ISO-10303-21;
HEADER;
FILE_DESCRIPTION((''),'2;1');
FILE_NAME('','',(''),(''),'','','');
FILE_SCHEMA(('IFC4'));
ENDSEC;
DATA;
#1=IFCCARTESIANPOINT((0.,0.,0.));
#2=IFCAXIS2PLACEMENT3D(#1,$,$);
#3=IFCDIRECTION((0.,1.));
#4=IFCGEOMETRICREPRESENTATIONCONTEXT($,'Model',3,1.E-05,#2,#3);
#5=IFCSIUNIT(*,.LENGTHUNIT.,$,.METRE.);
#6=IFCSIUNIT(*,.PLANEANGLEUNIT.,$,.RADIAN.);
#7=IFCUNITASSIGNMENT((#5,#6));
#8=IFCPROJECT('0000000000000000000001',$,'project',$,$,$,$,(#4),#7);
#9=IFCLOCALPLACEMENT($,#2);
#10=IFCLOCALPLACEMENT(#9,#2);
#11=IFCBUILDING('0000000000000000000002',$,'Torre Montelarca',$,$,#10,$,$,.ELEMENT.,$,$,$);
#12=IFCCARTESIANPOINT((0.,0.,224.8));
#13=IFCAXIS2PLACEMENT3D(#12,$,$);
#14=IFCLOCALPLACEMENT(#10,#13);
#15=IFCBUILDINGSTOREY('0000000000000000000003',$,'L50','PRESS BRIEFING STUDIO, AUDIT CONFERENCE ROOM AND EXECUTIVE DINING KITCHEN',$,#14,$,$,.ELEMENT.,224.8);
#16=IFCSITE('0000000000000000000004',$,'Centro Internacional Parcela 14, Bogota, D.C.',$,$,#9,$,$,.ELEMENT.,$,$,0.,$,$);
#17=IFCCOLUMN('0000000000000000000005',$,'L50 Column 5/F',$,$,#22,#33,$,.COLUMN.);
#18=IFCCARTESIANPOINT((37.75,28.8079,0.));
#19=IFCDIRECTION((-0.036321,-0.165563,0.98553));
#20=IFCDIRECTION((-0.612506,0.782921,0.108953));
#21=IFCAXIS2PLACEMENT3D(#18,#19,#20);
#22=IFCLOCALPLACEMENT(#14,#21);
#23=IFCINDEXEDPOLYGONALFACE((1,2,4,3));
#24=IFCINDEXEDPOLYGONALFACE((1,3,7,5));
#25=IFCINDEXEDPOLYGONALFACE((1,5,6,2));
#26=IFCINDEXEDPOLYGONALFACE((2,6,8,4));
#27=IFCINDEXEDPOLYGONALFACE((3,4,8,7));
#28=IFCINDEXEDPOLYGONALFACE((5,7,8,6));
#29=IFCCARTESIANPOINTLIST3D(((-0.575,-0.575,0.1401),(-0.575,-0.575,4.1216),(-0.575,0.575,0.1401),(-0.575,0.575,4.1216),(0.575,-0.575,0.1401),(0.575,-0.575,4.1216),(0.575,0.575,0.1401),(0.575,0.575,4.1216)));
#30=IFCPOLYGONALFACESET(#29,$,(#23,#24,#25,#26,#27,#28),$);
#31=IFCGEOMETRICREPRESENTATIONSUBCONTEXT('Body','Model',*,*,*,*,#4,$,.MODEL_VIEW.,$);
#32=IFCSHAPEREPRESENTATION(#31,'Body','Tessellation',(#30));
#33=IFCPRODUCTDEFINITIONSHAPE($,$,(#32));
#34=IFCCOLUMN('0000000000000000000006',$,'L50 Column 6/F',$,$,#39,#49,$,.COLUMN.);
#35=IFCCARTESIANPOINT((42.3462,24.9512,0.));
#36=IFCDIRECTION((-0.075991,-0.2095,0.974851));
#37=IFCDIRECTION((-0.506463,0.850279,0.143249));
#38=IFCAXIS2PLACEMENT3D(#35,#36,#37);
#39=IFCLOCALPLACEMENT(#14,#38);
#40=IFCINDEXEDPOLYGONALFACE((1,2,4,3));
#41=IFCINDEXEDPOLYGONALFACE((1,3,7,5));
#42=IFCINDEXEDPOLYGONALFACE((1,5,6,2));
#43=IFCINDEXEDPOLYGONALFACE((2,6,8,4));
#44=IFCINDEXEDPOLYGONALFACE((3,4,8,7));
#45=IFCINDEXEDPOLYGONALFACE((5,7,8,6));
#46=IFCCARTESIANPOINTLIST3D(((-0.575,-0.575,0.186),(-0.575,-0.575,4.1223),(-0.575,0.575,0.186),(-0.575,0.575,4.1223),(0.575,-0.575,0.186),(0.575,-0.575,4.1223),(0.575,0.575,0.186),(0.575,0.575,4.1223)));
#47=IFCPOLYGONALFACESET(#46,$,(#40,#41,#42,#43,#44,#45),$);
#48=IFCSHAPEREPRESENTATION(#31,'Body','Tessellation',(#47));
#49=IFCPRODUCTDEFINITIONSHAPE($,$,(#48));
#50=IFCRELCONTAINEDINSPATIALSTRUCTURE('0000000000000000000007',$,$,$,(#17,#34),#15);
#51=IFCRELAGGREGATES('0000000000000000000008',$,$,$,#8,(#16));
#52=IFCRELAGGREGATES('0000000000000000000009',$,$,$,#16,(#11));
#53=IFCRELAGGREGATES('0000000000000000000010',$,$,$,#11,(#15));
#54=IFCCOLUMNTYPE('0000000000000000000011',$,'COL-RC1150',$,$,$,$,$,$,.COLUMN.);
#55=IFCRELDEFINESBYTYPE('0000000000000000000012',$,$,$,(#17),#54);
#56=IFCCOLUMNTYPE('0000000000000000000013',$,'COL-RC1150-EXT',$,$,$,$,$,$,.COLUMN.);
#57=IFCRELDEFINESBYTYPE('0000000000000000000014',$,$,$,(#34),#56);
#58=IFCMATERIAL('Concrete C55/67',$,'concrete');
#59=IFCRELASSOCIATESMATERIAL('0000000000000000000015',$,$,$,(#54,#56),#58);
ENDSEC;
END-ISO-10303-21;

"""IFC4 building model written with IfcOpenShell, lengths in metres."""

from ifc_helpers import new_model, si_unit, direction, frame, origin, origin_2d, place, context, subcontext, project, spatial, rectangle, extrude, clip, halfspace, material, material_profile, profile_set, type_object, element, save


model = new_model("IFC4")

# Units and contexts
model_context = context("Model", 3, precision=1e-05, world=origin(), true_north=direction((0.0, 1.0)))
body_context = subcontext(model_context, "Body", "Model", "MODEL_VIEW")
ifc_project = project(units=[si_unit("LENGTHUNIT", "METRE"), si_unit("PLANEANGLEUNIT", "RADIAN")], contexts=[model_context])

# Site, building, storey
site_placement = place(None, origin())
site = spatial("IfcSite", under=ifc_project, at=site_placement, Name="Centro Internacional Parcela 14, Bogota, D.C.", CompositionType="ELEMENT", RefElevation=0.0)
building_placement = place(site_placement, origin())
building = spatial("IfcBuilding", under=site, at=building_placement, Name="Torre Montelarca", CompositionType="ELEMENT")
storey_placement = place(building_placement, frame((0.0, 0.0, 224.8)))
storey = spatial("IfcBuildingStorey", under=building, at=storey_placement, Name="L50", Description="PRESS BRIEFING STUDIO, AUDIT CONFERENCE ROOM AND EXECUTIVE DINING KITCHEN", CompositionType="ELEMENT", Elevation=224.8)

# Columns
ifc_material_1 = material(Name="Concrete C55/67", Category="concrete")
ifc_material_profile_1 = material_profile(ifc_material_1, rectangle(XDim=1.1499, YDim=1.1499, at=origin_2d()), Name="RC1150X1150", Category="concrete")
ifc_profile_set_1 = profile_set([ifc_material_profile_1], Name="Concrete C55/67")
column_type_1 = type_object("IfcColumnType", Name="COL-RC1150", PredefinedType="COLUMN", material=ifc_profile_set_1)
column_1_placement = place(storey_placement, frame((37.75, 28.8079, 0.0), z_axis=(-0.036321, -0.165563, 0.98553), x_axis=(-0.612506, 0.782921, 0.108953)))
element("IfcColumn", 1, at=column_1_placement, inside=storey, type_object=column_type_1, Name="L50 Column 5/F", PredefinedType="COLUMN", context=body_context, shape_type="Clipping", body=[
    clip(clip(extrude(rectangle(XDim=1.1499, YDim=1.1499, at=origin_2d()), origin(), (0.0, 0.0, 1.0), 4.2617), halfspace(frame((0.0, 0.0, 0.1401), z_axis=(0.0, 0.0, -1.0), x_axis=(1.0, 0.0, 0.0)), False)), halfspace(frame((0.0, 0.0, 4.1216), z_axis=(0.0, 0.0, 1.0), x_axis=(1.0, 0.0, 0.0)), False)),
])
ifc_material_profile_2 = material_profile(ifc_material_1, rectangle(XDim=1.1499, YDim=1.1499, at=origin_2d()), Name="RC1150X1150", Category="concrete")
ifc_profile_set_2 = profile_set([ifc_material_profile_2], Name="Concrete C55/67")
column_type_2 = type_object("IfcColumnType", Name="COL-RC1150-EXT", PredefinedType="COLUMN", material=ifc_profile_set_2)
column_2_placement = place(storey_placement, frame((42.3462, 24.9512, 0.0), z_axis=(-0.075991, -0.2095, 0.974851), x_axis=(-0.506463, 0.850279, 0.143249)))
element("IfcColumn", 2, at=column_2_placement, inside=storey, type_object=column_type_2, Name="L50 Column 6/F", PredefinedType="COLUMN", context=body_context, shape_type="Clipping", body=[
    clip(clip(extrude(rectangle(XDim=1.1499, YDim=1.1499, at=origin_2d()), origin(), (0.0, 0.0, 1.0), 4.3083), halfspace(frame((0.0, 0.0, 0.186), z_axis=(0.0, 0.0, -1.0), x_axis=(1.0, 0.0, 0.0)), False)), halfspace(frame((0.0, 0.0, 4.1223), z_axis=(0.0, 0.0, 1.0), x_axis=(1.0, 0.0, 0.0)), False)),
])

save(model, "model.ifc")
